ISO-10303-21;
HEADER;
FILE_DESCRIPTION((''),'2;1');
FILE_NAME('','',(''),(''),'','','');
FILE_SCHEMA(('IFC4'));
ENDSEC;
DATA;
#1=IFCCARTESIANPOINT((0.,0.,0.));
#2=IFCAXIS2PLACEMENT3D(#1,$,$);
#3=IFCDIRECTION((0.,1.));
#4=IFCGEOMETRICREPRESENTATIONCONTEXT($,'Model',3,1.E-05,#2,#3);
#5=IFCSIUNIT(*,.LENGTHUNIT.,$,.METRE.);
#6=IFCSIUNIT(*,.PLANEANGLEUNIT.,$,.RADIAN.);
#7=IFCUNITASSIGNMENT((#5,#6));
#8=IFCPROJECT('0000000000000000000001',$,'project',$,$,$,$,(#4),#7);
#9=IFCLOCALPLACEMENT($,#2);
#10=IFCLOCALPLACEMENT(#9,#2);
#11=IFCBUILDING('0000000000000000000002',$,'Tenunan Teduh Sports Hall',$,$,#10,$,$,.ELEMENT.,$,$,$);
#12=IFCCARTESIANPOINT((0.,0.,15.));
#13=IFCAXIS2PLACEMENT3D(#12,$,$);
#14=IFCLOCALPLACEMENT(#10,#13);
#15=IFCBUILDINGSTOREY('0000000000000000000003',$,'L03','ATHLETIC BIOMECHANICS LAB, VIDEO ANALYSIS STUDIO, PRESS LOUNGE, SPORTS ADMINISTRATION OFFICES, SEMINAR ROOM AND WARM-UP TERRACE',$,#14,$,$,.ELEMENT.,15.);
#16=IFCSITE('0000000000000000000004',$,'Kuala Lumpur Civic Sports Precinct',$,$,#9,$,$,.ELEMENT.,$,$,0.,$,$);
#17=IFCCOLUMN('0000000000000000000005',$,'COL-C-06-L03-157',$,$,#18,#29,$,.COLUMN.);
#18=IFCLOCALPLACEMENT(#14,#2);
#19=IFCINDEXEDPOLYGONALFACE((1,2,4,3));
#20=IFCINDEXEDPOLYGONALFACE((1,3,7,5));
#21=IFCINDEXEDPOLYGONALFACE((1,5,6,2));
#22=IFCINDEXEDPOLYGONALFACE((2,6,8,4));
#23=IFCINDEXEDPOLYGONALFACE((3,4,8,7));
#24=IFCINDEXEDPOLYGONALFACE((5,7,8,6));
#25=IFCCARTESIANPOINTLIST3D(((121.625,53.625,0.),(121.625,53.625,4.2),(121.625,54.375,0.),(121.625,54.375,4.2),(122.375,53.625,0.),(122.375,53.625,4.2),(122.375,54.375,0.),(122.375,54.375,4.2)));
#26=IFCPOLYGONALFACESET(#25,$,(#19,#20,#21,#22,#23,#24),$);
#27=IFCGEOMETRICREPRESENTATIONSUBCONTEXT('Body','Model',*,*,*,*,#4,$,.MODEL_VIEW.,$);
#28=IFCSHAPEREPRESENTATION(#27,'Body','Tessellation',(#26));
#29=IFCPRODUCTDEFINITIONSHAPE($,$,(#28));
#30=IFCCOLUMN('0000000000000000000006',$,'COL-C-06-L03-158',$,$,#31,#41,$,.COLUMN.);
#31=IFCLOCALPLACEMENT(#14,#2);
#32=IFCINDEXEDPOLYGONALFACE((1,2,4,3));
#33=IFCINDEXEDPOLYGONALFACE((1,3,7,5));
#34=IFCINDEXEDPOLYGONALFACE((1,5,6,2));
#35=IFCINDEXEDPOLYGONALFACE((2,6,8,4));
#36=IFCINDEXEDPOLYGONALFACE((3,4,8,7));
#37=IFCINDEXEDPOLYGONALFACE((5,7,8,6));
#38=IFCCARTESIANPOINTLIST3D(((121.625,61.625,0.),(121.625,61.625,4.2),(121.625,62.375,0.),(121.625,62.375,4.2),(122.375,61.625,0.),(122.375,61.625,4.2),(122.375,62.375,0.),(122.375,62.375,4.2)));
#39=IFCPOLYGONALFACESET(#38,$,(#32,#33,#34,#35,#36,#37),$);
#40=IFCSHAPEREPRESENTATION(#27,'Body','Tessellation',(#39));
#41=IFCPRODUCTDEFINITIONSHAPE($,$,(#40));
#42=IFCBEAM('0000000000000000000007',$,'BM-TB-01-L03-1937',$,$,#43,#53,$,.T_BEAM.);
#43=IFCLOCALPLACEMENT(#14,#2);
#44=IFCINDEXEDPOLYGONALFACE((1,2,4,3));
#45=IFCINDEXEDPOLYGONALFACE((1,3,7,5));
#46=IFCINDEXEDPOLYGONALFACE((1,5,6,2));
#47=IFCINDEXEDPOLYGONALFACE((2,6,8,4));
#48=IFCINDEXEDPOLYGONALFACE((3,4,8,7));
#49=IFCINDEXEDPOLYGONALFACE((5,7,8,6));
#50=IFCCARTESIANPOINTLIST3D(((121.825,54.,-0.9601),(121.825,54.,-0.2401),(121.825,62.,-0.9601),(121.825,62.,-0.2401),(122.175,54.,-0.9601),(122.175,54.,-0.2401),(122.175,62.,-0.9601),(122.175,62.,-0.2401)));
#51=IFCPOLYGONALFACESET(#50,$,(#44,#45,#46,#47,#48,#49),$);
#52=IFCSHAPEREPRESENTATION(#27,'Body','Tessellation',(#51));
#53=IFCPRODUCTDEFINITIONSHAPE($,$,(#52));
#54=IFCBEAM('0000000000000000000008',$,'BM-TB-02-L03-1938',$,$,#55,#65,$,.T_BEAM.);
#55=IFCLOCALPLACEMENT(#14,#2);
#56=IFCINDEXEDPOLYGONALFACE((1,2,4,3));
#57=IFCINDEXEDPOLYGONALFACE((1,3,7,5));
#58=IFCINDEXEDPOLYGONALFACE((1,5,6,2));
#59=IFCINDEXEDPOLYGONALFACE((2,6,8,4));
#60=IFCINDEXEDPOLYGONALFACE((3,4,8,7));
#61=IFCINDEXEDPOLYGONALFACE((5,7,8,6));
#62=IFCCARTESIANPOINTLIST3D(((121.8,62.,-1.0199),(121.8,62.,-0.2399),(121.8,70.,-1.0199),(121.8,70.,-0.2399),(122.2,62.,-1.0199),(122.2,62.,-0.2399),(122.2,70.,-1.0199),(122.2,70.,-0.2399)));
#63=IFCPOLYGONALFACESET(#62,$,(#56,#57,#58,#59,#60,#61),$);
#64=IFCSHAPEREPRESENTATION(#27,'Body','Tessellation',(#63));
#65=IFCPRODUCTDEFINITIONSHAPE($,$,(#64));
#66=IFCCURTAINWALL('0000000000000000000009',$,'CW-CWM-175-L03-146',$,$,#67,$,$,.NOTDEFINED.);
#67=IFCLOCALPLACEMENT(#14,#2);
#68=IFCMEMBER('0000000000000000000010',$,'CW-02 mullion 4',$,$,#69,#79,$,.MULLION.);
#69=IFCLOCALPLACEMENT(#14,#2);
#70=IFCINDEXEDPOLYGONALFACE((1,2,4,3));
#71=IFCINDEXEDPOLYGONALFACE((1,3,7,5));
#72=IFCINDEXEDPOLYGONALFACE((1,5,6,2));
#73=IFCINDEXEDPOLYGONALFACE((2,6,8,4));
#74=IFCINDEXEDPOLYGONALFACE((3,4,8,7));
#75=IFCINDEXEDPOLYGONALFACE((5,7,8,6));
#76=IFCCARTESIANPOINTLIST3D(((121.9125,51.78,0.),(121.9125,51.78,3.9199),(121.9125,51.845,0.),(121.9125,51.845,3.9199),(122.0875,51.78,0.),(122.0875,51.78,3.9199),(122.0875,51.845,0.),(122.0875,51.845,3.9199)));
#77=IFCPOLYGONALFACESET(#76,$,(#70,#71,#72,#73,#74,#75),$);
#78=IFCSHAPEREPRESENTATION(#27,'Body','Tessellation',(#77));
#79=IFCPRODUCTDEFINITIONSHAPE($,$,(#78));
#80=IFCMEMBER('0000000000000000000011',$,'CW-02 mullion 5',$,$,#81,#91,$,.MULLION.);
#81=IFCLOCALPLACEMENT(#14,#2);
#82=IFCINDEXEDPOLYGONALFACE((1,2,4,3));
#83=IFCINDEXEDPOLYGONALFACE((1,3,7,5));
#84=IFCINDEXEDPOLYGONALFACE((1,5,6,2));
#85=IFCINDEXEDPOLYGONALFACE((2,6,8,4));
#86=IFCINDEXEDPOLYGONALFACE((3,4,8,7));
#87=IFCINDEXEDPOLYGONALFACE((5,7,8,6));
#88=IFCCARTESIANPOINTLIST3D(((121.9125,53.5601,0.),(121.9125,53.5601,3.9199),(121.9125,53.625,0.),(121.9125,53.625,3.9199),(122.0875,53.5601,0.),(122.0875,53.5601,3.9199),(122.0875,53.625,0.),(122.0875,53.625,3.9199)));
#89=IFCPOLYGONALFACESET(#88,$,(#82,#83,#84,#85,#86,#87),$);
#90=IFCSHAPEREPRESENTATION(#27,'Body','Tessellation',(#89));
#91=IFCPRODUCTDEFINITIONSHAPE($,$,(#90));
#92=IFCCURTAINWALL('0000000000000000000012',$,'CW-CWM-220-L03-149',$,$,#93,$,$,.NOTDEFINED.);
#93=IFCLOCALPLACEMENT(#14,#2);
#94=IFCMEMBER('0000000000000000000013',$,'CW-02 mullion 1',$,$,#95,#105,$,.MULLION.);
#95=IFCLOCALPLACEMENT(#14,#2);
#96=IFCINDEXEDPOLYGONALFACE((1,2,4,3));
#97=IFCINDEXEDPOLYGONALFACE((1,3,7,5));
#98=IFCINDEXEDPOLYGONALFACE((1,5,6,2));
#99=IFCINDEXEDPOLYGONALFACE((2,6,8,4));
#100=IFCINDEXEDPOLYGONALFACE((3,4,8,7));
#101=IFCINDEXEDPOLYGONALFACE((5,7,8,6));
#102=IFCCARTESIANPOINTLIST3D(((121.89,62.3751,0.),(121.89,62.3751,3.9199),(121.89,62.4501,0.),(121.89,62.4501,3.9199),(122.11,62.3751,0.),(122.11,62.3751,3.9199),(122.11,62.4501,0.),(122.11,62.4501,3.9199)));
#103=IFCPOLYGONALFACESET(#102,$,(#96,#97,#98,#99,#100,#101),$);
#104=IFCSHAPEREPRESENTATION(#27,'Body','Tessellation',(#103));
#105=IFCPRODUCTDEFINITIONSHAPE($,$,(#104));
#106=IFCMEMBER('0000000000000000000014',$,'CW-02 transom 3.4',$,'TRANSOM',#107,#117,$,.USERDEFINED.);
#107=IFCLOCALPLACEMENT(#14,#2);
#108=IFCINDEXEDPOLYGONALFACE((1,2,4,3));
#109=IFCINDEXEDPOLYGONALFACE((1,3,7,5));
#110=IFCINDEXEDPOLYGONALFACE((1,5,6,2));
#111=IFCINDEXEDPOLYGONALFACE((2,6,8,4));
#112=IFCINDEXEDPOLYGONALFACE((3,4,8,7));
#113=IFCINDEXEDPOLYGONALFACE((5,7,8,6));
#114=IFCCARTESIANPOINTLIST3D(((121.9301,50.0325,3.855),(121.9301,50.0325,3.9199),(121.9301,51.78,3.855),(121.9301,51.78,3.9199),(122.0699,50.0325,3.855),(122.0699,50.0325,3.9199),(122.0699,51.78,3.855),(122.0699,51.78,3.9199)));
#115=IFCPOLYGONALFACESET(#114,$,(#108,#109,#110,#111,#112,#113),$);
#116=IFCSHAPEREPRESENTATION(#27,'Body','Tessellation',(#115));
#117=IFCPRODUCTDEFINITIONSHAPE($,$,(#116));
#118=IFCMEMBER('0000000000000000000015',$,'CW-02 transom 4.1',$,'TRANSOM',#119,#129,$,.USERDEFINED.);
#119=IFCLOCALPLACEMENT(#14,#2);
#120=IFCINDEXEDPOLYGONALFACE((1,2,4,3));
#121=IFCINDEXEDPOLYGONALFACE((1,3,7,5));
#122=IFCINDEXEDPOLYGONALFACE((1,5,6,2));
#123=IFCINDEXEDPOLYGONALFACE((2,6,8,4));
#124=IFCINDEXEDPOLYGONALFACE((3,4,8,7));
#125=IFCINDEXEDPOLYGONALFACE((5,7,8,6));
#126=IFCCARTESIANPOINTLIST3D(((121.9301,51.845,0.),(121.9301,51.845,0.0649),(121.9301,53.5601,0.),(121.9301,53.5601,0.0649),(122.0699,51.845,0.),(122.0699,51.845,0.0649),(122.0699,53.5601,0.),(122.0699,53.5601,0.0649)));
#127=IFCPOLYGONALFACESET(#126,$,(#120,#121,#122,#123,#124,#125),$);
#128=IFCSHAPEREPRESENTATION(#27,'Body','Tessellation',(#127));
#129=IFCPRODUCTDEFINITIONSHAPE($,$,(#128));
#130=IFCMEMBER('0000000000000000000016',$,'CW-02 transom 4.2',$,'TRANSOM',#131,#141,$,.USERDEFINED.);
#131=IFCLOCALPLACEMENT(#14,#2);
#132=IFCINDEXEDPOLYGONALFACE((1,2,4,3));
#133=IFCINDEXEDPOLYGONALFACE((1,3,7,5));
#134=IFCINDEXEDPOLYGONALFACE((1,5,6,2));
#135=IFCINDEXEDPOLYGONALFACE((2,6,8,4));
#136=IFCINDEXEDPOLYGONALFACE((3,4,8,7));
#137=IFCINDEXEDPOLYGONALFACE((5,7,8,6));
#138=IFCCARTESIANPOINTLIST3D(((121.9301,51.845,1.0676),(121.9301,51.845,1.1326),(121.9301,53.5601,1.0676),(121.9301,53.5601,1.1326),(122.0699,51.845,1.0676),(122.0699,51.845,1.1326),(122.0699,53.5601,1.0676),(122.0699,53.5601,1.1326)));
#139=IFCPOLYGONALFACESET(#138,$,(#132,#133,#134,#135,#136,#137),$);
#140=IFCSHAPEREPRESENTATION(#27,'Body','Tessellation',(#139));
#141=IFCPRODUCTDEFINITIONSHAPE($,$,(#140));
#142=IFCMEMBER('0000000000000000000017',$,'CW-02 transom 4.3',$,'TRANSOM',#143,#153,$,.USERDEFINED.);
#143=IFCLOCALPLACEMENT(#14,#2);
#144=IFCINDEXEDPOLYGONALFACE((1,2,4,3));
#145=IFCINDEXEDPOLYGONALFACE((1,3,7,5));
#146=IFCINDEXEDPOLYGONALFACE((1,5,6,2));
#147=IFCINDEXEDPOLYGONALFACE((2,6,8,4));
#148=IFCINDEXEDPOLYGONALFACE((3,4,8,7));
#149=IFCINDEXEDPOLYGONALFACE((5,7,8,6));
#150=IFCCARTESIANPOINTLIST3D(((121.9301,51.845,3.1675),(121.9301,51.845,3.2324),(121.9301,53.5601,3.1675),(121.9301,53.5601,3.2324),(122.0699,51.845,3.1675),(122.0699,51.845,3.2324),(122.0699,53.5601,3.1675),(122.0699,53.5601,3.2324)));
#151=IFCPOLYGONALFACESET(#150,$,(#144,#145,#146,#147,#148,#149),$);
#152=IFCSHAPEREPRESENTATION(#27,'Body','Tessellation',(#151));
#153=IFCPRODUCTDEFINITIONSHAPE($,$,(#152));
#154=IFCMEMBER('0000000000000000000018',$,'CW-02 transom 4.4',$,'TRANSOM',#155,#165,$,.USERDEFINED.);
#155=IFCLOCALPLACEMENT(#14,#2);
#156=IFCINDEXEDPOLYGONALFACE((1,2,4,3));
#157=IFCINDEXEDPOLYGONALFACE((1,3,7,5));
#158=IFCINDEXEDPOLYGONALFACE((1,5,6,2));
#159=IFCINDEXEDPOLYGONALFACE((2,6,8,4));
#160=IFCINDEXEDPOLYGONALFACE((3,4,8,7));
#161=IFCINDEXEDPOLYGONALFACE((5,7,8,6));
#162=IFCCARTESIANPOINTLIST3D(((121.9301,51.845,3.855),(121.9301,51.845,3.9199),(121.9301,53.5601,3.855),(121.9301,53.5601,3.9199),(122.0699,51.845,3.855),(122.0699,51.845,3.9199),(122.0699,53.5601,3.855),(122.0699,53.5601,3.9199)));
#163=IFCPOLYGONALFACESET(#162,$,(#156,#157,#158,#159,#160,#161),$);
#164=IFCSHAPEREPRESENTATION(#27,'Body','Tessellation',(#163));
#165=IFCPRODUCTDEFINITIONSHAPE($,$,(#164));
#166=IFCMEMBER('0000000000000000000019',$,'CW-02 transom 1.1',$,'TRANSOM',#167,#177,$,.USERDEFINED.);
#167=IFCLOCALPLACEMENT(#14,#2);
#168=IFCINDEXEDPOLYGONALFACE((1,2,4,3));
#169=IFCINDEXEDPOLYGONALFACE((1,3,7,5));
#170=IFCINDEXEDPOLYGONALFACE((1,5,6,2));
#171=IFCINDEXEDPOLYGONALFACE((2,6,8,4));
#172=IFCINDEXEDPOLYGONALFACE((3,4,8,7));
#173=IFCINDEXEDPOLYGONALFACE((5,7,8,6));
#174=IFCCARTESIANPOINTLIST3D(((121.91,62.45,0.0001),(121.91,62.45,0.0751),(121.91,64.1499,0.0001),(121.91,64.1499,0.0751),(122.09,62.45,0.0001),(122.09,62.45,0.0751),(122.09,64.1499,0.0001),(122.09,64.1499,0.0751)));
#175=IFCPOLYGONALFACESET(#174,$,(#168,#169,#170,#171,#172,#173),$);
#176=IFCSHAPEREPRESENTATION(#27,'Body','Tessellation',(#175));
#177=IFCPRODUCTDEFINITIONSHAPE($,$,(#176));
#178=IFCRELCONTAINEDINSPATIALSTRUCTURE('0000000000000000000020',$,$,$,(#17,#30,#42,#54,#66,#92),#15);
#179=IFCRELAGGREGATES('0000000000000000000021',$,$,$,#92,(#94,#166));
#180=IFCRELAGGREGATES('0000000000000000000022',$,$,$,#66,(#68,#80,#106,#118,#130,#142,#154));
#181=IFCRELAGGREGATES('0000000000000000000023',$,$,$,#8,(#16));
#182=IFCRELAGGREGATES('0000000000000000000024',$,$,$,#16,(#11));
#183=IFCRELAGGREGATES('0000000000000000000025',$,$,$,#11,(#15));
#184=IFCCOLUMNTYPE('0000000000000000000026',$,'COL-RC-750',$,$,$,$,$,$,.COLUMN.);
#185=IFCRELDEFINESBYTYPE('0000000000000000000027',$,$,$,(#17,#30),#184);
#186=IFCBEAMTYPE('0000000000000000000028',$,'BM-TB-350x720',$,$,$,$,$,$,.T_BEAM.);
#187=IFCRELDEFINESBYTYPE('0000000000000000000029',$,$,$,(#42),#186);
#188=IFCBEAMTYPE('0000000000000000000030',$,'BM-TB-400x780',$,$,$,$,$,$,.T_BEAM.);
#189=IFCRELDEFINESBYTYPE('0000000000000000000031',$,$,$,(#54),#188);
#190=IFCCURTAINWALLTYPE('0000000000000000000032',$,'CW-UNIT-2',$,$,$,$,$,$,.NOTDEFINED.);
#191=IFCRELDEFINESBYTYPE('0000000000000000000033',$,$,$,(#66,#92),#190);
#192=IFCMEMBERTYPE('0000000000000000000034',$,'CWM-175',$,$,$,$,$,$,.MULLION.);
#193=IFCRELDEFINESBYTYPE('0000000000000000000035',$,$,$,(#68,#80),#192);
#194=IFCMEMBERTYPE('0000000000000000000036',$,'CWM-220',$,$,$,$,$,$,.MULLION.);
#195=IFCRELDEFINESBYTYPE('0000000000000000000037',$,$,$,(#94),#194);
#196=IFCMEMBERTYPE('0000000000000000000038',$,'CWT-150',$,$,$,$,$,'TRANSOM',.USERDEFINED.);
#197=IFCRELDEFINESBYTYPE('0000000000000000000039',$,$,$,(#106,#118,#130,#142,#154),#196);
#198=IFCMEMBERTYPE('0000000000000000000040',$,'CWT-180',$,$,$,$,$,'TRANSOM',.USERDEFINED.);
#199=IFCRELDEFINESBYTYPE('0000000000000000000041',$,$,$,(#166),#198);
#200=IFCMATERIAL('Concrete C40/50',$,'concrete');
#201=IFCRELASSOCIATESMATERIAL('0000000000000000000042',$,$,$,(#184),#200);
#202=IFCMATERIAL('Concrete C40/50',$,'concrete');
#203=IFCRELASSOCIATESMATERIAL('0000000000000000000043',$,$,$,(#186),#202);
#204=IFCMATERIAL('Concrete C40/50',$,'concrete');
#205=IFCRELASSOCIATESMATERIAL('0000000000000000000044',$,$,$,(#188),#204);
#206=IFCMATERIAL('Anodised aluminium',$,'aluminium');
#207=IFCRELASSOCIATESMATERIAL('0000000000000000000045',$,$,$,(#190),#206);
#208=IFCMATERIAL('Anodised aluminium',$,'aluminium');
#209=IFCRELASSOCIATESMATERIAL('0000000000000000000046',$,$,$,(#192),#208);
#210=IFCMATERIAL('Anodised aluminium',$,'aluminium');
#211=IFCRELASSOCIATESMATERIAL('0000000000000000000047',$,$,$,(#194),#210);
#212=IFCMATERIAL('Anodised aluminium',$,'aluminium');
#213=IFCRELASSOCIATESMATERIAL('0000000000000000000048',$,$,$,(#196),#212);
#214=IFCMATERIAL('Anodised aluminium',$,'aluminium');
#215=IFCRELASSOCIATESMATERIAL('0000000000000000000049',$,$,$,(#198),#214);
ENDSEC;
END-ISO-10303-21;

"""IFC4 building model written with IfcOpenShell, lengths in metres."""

from ifc_helpers import new_model, si_unit, direction, frame, origin, origin_2d, place, context, subcontext, project, spatial, rectangle, extrude, material, material_profile, profile_set, type_object, element, aggregate, save


model = new_model("IFC4")

# Units and contexts
model_context = context("Model", 3, precision=1e-05, world=origin(), true_north=direction((0.0, 1.0)))
body_context = subcontext(model_context, "Body", "Model", "MODEL_VIEW")
ifc_project = project(units=[si_unit("LENGTHUNIT", "METRE"), si_unit("PLANEANGLEUNIT", "RADIAN")], contexts=[model_context])

# Site, building, storey
site_placement = place(None, origin())
site = spatial("IfcSite", under=ifc_project, at=site_placement, Name="Kuala Lumpur Civic Sports Precinct", CompositionType="ELEMENT", RefElevation=0.0)
building_placement = place(site_placement, origin())
building = spatial("IfcBuilding", under=site, at=building_placement, Name="Tenunan Teduh Sports Hall", CompositionType="ELEMENT")
storey_placement = place(building_placement, frame((0.0, 0.0, 15.0)))
storey = spatial("IfcBuildingStorey", under=building, at=storey_placement, Name="L03", Description="ATHLETIC BIOMECHANICS LAB, VIDEO ANALYSIS STUDIO, PRESS LOUNGE, SPORTS ADMINISTRATION OFFICES, SEMINAR ROOM AND WARM-UP TERRACE", CompositionType="ELEMENT", Elevation=15.0)

# Columns
ifc_material_1 = material(Name="Concrete C40/50", Category="concrete")
ifc_material_profile_1 = material_profile(ifc_material_1, rectangle(XDim=0.75, YDim=0.75, at=origin_2d()), Name="RC 750x750")
ifc_profile_set_1 = profile_set([ifc_material_profile_1], Name="Concrete C40/50")
column_type = type_object("IfcColumnType", Name="COL-RC-750", PredefinedType="COLUMN", material=ifc_profile_set_1)
for number, where, z_axis, x_axis, name in (
    (1, (122.0, 54.0, 0.0), (0.0, 0.0, 1.0), (1.0, 0.0, 0.0), "COL-C-06-L03-157"),
    (2, (122.0, 62.0, 0.0), (0.0, 0.0, 1.0), (1.0, 0.0, 0.0), "COL-C-06-L03-158"),
):
    element("IfcColumn", number, at=place(storey_placement, frame(where, z_axis=z_axis, x_axis=x_axis)), inside=storey, type_object=column_type, Name=name, PredefinedType="COLUMN", context=body_context, shape_type="SweptSolid", body=[
        extrude(rectangle(XDim=0.75, YDim=0.75, at=origin_2d()), origin(), (0.0, 0.0, 1.0), 4.2),
    ])

# Beams
ifc_material_2 = material(Name="Concrete C40/50", Category="concrete")
ifc_material_profile_2 = material_profile(ifc_material_2, rectangle(XDim=0.3501, YDim=0.72, at=origin_2d()), Name="TB 350x720")
ifc_profile_set_2 = profile_set([ifc_material_profile_2], Name="Concrete C40/50")
beam_type_1 = type_object("IfcBeamType", Name="BM-TB-350x720", PredefinedType="T_BEAM", material=ifc_profile_set_2)
beam_1_placement = place(storey_placement, frame((122.0, 54.0, -0.6001), z_axis=(0.0, 1.0, 0.0), x_axis=(-1.0, 0.0, 0.0)))
element("IfcBeam", 3, at=beam_1_placement, inside=storey, type_object=beam_type_1, Name="BM-TB-01-L03-1937", PredefinedType="T_BEAM", context=body_context, shape_type="SweptSolid", body=[
    extrude(rectangle(XDim=0.3501, YDim=0.72, at=origin_2d()), origin(), (0.0, 0.0, 1.0), 8.0),
])
ifc_material_3 = material(Name="Concrete C40/50", Category="concrete")
ifc_material_profile_3 = material_profile(ifc_material_3, rectangle(XDim=0.3999, YDim=0.78, at=origin_2d()), Name="TB 400x780")
ifc_profile_set_3 = profile_set([ifc_material_profile_3], Name="Concrete C40/50")
beam_type_2 = type_object("IfcBeamType", Name="BM-TB-400x780", PredefinedType="T_BEAM", material=ifc_profile_set_3)
beam_2_placement = place(storey_placement, frame((122.0, 62.0, -0.6299), z_axis=(0.0, 1.0, 0.0), x_axis=(-1.0, 0.0, 0.0)))
element("IfcBeam", 4, at=beam_2_placement, inside=storey, type_object=beam_type_2, Name="BM-TB-02-L03-1938", PredefinedType="T_BEAM", context=body_context, shape_type="SweptSolid", body=[
    extrude(rectangle(XDim=0.3999, YDim=0.78, at=origin_2d()), origin(), (0.0, 0.0, 1.0), 8.0),
])

# Curtain wall, members
ifc_material_4 = material(Name="Anodised aluminium", Category="aluminium")
curtain_wall_type = type_object("IfcCurtainWallType", Name="CW-UNIT-2", PredefinedType="NOTDEFINED", material=ifc_material_4)
curtain_wall_1_placement = place(storey_placement, origin())
curtain_wall_1 = element("IfcCurtainWall", 5, at=curtain_wall_1_placement, inside=storey, type_object=curtain_wall_type, Name="CW-CWM-175-L03-146", PredefinedType="NOTDEFINED")
ifc_material_5 = material(Name="Anodised aluminium", Category="aluminium")
ifc_material_profile_4 = material_profile(ifc_material_5, rectangle(XDim=0.0649, YDim=0.175, at=origin_2d()), Name="CWM 65x175")
ifc_profile_set_4 = profile_set([ifc_material_profile_4], Name="Anodised aluminium")
member_type_1 = type_object("IfcMemberType", Name="CWM-175", PredefinedType="MULLION", material=ifc_profile_set_4)
member_1_placement = place(storey_placement, frame((122.0, 51.8125, 0.0), z_axis=(0.0, 0.0, 1.0), x_axis=(0.0, 1.0, 0.0)))
member_1 = element("IfcMember", 6, at=member_1_placement, type_object=member_type_1, Name="CW-02 mullion 4", PredefinedType="MULLION", context=body_context, shape_type="SweptSolid", body=[
    extrude(rectangle(XDim=0.0649, YDim=0.175, at=origin_2d()), origin(), (0.0, 0.0, 1.0), 3.9199),
])
member_2_placement = place(storey_placement, frame((122.0, 53.5925, 0.0), z_axis=(0.0, 0.0, 1.0), x_axis=(0.0, 1.0, 0.0)))
member_2 = element("IfcMember", 7, at=member_2_placement, type_object=member_type_1, Name="CW-02 mullion 5", PredefinedType="MULLION", context=body_context, shape_type="SweptSolid", body=[
    extrude(rectangle(XDim=0.0649, YDim=0.175, at=origin_2d()), origin(), (0.0, 0.0, 1.0), 3.9199),
])

# Curtain wall, member
curtain_wall_2_placement = place(storey_placement, origin())
curtain_wall_2 = element("IfcCurtainWall", 8, at=curtain_wall_2_placement, inside=storey, type_object=curtain_wall_type, Name="CW-CWM-220-L03-149", PredefinedType="NOTDEFINED")
ifc_material_6 = material(Name="Anodised aluminium", Category="aluminium")
ifc_material_profile_5 = material_profile(ifc_material_6, rectangle(XDim=0.075, YDim=0.22, at=origin_2d()), Name="CWM 75x220")
ifc_profile_set_5 = profile_set([ifc_material_profile_5], Name="Anodised aluminium")
member_type_2 = type_object("IfcMemberType", Name="CWM-220", PredefinedType="MULLION", material=ifc_profile_set_5)
member_3_placement = place(storey_placement, frame((122.0, 62.4126, 0.0), z_axis=(0.0, 0.0, 1.0), x_axis=(0.0, 1.0, 0.0)))
member_3 = element("IfcMember", 9, at=member_3_placement, type_object=member_type_2, Name="CW-02 mullion 1", PredefinedType="MULLION", context=body_context, shape_type="SweptSolid", body=[
    extrude(rectangle(XDim=0.075, YDim=0.22, at=origin_2d()), origin(), (0.0, 0.0, 1.0), 3.9199),
])

# Members
ifc_material_7 = material(Name="Anodised aluminium", Category="aluminium")
ifc_material_profile_6 = material_profile(ifc_material_7, rectangle(XDim=0.0649, YDim=0.1399, at=origin_2d()), Name="CWT 65x140")
ifc_profile_set_6 = profile_set([ifc_material_profile_6], Name="Anodised aluminium")
member_type_3 = type_object("IfcMemberType", Name="CWT-150", ElementType="TRANSOM", PredefinedType="USERDEFINED", material=ifc_profile_set_6)
member_4_placement = place(storey_placement, frame((122.0, 50.0325, 3.8875), z_axis=(0.0, 1.0, 0.0), x_axis=(0.0, 0.0, 1.0)))
member_4 = element("IfcMember", 10, at=member_4_placement, type_object=member_type_3, Name="CW-02 transom 3.4", ObjectType="TRANSOM", PredefinedType="USERDEFINED", context=body_context, shape_type="SweptSolid", body=[
    extrude(rectangle(XDim=0.0649, YDim=0.1399, at=origin_2d()), origin(), (0.0, 0.0, 1.0), 1.7476),
])
member_5_placement = place(storey_placement, frame((122.0, 51.845, 0.0325), z_axis=(0.0, 1.0, 0.0), x_axis=(0.0, 0.0, 1.0)))
member_5 = element("IfcMember", 11, at=member_5_placement, type_object=member_type_3, Name="CW-02 transom 4.1", ObjectType="TRANSOM", PredefinedType="USERDEFINED", context=body_context, shape_type="SweptSolid", body=[
    extrude(rectangle(XDim=0.0649, YDim=0.1399, at=origin_2d()), origin(), (0.0, 0.0, 1.0), 1.7151),
])
member_6_placement = place(storey_placement, frame((122.0, 51.845, 1.1001), z_axis=(0.0, 1.0, 0.0), x_axis=(0.0, 0.0, 1.0)))
member_6 = element("IfcMember", 12, at=member_6_placement, type_object=member_type_3, Name="CW-02 transom 4.2", ObjectType="TRANSOM", PredefinedType="USERDEFINED", context=body_context, shape_type="SweptSolid", body=[
    extrude(rectangle(XDim=0.0649, YDim=0.1399, at=origin_2d()), origin(), (0.0, 0.0, 1.0), 1.7151),
])
member_7_placement = place(storey_placement, frame((122.0, 51.845, 3.2), z_axis=(0.0, 1.0, 0.0), x_axis=(0.0, 0.0, 1.0)))
member_7 = element("IfcMember", 13, at=member_7_placement, type_object=member_type_3, Name="CW-02 transom 4.3", ObjectType="TRANSOM", PredefinedType="USERDEFINED", context=body_context, shape_type="SweptSolid", body=[
    extrude(rectangle(XDim=0.0649, YDim=0.1399, at=origin_2d()), origin(), (0.0, 0.0, 1.0), 1.7151),
])
member_8_placement = place(storey_placement, frame((122.0, 51.845, 3.8875), z_axis=(0.0, 1.0, 0.0), x_axis=(0.0, 0.0, 1.0)))
member_8 = element("IfcMember", 14, at=member_8_placement, type_object=member_type_3, Name="CW-02 transom 4.4", ObjectType="TRANSOM", PredefinedType="USERDEFINED", context=body_context, shape_type="SweptSolid", body=[
    extrude(rectangle(XDim=0.0649, YDim=0.1399, at=origin_2d()), origin(), (0.0, 0.0, 1.0), 1.7151),
])
ifc_material_8 = material(Name="Anodised aluminium", Category="aluminium")
ifc_material_profile_7 = material_profile(ifc_material_8, rectangle(XDim=0.075, YDim=0.1799, at=origin_2d()), Name="CWT 75x180")
ifc_profile_set_7 = profile_set([ifc_material_profile_7], Name="Anodised aluminium")
member_type_4 = type_object("IfcMemberType", Name="CWT-180", ElementType="TRANSOM", PredefinedType="USERDEFINED", material=ifc_profile_set_7)
member_9_placement = place(storey_placement, frame((122.0, 62.45, 0.0376), z_axis=(0.0, 1.0, 0.0), x_axis=(0.0, 0.0, 1.0)))
member_9 = element("IfcMember", 15, at=member_9_placement, type_object=member_type_4, Name="CW-02 transom 1.1", ObjectType="TRANSOM", PredefinedType="USERDEFINED", context=body_context, shape_type="SweptSolid", body=[
    extrude(rectangle(XDim=0.075, YDim=0.1799, at=origin_2d()), origin(), (0.0, 0.0, 1.0), 1.7),
])
aggregate(curtain_wall_2, [member_3, member_9])

aggregate(curtain_wall_1, [member_1, member_2, member_4, member_5, member_6, member_7, member_8])

save(model, "model.ifc")
